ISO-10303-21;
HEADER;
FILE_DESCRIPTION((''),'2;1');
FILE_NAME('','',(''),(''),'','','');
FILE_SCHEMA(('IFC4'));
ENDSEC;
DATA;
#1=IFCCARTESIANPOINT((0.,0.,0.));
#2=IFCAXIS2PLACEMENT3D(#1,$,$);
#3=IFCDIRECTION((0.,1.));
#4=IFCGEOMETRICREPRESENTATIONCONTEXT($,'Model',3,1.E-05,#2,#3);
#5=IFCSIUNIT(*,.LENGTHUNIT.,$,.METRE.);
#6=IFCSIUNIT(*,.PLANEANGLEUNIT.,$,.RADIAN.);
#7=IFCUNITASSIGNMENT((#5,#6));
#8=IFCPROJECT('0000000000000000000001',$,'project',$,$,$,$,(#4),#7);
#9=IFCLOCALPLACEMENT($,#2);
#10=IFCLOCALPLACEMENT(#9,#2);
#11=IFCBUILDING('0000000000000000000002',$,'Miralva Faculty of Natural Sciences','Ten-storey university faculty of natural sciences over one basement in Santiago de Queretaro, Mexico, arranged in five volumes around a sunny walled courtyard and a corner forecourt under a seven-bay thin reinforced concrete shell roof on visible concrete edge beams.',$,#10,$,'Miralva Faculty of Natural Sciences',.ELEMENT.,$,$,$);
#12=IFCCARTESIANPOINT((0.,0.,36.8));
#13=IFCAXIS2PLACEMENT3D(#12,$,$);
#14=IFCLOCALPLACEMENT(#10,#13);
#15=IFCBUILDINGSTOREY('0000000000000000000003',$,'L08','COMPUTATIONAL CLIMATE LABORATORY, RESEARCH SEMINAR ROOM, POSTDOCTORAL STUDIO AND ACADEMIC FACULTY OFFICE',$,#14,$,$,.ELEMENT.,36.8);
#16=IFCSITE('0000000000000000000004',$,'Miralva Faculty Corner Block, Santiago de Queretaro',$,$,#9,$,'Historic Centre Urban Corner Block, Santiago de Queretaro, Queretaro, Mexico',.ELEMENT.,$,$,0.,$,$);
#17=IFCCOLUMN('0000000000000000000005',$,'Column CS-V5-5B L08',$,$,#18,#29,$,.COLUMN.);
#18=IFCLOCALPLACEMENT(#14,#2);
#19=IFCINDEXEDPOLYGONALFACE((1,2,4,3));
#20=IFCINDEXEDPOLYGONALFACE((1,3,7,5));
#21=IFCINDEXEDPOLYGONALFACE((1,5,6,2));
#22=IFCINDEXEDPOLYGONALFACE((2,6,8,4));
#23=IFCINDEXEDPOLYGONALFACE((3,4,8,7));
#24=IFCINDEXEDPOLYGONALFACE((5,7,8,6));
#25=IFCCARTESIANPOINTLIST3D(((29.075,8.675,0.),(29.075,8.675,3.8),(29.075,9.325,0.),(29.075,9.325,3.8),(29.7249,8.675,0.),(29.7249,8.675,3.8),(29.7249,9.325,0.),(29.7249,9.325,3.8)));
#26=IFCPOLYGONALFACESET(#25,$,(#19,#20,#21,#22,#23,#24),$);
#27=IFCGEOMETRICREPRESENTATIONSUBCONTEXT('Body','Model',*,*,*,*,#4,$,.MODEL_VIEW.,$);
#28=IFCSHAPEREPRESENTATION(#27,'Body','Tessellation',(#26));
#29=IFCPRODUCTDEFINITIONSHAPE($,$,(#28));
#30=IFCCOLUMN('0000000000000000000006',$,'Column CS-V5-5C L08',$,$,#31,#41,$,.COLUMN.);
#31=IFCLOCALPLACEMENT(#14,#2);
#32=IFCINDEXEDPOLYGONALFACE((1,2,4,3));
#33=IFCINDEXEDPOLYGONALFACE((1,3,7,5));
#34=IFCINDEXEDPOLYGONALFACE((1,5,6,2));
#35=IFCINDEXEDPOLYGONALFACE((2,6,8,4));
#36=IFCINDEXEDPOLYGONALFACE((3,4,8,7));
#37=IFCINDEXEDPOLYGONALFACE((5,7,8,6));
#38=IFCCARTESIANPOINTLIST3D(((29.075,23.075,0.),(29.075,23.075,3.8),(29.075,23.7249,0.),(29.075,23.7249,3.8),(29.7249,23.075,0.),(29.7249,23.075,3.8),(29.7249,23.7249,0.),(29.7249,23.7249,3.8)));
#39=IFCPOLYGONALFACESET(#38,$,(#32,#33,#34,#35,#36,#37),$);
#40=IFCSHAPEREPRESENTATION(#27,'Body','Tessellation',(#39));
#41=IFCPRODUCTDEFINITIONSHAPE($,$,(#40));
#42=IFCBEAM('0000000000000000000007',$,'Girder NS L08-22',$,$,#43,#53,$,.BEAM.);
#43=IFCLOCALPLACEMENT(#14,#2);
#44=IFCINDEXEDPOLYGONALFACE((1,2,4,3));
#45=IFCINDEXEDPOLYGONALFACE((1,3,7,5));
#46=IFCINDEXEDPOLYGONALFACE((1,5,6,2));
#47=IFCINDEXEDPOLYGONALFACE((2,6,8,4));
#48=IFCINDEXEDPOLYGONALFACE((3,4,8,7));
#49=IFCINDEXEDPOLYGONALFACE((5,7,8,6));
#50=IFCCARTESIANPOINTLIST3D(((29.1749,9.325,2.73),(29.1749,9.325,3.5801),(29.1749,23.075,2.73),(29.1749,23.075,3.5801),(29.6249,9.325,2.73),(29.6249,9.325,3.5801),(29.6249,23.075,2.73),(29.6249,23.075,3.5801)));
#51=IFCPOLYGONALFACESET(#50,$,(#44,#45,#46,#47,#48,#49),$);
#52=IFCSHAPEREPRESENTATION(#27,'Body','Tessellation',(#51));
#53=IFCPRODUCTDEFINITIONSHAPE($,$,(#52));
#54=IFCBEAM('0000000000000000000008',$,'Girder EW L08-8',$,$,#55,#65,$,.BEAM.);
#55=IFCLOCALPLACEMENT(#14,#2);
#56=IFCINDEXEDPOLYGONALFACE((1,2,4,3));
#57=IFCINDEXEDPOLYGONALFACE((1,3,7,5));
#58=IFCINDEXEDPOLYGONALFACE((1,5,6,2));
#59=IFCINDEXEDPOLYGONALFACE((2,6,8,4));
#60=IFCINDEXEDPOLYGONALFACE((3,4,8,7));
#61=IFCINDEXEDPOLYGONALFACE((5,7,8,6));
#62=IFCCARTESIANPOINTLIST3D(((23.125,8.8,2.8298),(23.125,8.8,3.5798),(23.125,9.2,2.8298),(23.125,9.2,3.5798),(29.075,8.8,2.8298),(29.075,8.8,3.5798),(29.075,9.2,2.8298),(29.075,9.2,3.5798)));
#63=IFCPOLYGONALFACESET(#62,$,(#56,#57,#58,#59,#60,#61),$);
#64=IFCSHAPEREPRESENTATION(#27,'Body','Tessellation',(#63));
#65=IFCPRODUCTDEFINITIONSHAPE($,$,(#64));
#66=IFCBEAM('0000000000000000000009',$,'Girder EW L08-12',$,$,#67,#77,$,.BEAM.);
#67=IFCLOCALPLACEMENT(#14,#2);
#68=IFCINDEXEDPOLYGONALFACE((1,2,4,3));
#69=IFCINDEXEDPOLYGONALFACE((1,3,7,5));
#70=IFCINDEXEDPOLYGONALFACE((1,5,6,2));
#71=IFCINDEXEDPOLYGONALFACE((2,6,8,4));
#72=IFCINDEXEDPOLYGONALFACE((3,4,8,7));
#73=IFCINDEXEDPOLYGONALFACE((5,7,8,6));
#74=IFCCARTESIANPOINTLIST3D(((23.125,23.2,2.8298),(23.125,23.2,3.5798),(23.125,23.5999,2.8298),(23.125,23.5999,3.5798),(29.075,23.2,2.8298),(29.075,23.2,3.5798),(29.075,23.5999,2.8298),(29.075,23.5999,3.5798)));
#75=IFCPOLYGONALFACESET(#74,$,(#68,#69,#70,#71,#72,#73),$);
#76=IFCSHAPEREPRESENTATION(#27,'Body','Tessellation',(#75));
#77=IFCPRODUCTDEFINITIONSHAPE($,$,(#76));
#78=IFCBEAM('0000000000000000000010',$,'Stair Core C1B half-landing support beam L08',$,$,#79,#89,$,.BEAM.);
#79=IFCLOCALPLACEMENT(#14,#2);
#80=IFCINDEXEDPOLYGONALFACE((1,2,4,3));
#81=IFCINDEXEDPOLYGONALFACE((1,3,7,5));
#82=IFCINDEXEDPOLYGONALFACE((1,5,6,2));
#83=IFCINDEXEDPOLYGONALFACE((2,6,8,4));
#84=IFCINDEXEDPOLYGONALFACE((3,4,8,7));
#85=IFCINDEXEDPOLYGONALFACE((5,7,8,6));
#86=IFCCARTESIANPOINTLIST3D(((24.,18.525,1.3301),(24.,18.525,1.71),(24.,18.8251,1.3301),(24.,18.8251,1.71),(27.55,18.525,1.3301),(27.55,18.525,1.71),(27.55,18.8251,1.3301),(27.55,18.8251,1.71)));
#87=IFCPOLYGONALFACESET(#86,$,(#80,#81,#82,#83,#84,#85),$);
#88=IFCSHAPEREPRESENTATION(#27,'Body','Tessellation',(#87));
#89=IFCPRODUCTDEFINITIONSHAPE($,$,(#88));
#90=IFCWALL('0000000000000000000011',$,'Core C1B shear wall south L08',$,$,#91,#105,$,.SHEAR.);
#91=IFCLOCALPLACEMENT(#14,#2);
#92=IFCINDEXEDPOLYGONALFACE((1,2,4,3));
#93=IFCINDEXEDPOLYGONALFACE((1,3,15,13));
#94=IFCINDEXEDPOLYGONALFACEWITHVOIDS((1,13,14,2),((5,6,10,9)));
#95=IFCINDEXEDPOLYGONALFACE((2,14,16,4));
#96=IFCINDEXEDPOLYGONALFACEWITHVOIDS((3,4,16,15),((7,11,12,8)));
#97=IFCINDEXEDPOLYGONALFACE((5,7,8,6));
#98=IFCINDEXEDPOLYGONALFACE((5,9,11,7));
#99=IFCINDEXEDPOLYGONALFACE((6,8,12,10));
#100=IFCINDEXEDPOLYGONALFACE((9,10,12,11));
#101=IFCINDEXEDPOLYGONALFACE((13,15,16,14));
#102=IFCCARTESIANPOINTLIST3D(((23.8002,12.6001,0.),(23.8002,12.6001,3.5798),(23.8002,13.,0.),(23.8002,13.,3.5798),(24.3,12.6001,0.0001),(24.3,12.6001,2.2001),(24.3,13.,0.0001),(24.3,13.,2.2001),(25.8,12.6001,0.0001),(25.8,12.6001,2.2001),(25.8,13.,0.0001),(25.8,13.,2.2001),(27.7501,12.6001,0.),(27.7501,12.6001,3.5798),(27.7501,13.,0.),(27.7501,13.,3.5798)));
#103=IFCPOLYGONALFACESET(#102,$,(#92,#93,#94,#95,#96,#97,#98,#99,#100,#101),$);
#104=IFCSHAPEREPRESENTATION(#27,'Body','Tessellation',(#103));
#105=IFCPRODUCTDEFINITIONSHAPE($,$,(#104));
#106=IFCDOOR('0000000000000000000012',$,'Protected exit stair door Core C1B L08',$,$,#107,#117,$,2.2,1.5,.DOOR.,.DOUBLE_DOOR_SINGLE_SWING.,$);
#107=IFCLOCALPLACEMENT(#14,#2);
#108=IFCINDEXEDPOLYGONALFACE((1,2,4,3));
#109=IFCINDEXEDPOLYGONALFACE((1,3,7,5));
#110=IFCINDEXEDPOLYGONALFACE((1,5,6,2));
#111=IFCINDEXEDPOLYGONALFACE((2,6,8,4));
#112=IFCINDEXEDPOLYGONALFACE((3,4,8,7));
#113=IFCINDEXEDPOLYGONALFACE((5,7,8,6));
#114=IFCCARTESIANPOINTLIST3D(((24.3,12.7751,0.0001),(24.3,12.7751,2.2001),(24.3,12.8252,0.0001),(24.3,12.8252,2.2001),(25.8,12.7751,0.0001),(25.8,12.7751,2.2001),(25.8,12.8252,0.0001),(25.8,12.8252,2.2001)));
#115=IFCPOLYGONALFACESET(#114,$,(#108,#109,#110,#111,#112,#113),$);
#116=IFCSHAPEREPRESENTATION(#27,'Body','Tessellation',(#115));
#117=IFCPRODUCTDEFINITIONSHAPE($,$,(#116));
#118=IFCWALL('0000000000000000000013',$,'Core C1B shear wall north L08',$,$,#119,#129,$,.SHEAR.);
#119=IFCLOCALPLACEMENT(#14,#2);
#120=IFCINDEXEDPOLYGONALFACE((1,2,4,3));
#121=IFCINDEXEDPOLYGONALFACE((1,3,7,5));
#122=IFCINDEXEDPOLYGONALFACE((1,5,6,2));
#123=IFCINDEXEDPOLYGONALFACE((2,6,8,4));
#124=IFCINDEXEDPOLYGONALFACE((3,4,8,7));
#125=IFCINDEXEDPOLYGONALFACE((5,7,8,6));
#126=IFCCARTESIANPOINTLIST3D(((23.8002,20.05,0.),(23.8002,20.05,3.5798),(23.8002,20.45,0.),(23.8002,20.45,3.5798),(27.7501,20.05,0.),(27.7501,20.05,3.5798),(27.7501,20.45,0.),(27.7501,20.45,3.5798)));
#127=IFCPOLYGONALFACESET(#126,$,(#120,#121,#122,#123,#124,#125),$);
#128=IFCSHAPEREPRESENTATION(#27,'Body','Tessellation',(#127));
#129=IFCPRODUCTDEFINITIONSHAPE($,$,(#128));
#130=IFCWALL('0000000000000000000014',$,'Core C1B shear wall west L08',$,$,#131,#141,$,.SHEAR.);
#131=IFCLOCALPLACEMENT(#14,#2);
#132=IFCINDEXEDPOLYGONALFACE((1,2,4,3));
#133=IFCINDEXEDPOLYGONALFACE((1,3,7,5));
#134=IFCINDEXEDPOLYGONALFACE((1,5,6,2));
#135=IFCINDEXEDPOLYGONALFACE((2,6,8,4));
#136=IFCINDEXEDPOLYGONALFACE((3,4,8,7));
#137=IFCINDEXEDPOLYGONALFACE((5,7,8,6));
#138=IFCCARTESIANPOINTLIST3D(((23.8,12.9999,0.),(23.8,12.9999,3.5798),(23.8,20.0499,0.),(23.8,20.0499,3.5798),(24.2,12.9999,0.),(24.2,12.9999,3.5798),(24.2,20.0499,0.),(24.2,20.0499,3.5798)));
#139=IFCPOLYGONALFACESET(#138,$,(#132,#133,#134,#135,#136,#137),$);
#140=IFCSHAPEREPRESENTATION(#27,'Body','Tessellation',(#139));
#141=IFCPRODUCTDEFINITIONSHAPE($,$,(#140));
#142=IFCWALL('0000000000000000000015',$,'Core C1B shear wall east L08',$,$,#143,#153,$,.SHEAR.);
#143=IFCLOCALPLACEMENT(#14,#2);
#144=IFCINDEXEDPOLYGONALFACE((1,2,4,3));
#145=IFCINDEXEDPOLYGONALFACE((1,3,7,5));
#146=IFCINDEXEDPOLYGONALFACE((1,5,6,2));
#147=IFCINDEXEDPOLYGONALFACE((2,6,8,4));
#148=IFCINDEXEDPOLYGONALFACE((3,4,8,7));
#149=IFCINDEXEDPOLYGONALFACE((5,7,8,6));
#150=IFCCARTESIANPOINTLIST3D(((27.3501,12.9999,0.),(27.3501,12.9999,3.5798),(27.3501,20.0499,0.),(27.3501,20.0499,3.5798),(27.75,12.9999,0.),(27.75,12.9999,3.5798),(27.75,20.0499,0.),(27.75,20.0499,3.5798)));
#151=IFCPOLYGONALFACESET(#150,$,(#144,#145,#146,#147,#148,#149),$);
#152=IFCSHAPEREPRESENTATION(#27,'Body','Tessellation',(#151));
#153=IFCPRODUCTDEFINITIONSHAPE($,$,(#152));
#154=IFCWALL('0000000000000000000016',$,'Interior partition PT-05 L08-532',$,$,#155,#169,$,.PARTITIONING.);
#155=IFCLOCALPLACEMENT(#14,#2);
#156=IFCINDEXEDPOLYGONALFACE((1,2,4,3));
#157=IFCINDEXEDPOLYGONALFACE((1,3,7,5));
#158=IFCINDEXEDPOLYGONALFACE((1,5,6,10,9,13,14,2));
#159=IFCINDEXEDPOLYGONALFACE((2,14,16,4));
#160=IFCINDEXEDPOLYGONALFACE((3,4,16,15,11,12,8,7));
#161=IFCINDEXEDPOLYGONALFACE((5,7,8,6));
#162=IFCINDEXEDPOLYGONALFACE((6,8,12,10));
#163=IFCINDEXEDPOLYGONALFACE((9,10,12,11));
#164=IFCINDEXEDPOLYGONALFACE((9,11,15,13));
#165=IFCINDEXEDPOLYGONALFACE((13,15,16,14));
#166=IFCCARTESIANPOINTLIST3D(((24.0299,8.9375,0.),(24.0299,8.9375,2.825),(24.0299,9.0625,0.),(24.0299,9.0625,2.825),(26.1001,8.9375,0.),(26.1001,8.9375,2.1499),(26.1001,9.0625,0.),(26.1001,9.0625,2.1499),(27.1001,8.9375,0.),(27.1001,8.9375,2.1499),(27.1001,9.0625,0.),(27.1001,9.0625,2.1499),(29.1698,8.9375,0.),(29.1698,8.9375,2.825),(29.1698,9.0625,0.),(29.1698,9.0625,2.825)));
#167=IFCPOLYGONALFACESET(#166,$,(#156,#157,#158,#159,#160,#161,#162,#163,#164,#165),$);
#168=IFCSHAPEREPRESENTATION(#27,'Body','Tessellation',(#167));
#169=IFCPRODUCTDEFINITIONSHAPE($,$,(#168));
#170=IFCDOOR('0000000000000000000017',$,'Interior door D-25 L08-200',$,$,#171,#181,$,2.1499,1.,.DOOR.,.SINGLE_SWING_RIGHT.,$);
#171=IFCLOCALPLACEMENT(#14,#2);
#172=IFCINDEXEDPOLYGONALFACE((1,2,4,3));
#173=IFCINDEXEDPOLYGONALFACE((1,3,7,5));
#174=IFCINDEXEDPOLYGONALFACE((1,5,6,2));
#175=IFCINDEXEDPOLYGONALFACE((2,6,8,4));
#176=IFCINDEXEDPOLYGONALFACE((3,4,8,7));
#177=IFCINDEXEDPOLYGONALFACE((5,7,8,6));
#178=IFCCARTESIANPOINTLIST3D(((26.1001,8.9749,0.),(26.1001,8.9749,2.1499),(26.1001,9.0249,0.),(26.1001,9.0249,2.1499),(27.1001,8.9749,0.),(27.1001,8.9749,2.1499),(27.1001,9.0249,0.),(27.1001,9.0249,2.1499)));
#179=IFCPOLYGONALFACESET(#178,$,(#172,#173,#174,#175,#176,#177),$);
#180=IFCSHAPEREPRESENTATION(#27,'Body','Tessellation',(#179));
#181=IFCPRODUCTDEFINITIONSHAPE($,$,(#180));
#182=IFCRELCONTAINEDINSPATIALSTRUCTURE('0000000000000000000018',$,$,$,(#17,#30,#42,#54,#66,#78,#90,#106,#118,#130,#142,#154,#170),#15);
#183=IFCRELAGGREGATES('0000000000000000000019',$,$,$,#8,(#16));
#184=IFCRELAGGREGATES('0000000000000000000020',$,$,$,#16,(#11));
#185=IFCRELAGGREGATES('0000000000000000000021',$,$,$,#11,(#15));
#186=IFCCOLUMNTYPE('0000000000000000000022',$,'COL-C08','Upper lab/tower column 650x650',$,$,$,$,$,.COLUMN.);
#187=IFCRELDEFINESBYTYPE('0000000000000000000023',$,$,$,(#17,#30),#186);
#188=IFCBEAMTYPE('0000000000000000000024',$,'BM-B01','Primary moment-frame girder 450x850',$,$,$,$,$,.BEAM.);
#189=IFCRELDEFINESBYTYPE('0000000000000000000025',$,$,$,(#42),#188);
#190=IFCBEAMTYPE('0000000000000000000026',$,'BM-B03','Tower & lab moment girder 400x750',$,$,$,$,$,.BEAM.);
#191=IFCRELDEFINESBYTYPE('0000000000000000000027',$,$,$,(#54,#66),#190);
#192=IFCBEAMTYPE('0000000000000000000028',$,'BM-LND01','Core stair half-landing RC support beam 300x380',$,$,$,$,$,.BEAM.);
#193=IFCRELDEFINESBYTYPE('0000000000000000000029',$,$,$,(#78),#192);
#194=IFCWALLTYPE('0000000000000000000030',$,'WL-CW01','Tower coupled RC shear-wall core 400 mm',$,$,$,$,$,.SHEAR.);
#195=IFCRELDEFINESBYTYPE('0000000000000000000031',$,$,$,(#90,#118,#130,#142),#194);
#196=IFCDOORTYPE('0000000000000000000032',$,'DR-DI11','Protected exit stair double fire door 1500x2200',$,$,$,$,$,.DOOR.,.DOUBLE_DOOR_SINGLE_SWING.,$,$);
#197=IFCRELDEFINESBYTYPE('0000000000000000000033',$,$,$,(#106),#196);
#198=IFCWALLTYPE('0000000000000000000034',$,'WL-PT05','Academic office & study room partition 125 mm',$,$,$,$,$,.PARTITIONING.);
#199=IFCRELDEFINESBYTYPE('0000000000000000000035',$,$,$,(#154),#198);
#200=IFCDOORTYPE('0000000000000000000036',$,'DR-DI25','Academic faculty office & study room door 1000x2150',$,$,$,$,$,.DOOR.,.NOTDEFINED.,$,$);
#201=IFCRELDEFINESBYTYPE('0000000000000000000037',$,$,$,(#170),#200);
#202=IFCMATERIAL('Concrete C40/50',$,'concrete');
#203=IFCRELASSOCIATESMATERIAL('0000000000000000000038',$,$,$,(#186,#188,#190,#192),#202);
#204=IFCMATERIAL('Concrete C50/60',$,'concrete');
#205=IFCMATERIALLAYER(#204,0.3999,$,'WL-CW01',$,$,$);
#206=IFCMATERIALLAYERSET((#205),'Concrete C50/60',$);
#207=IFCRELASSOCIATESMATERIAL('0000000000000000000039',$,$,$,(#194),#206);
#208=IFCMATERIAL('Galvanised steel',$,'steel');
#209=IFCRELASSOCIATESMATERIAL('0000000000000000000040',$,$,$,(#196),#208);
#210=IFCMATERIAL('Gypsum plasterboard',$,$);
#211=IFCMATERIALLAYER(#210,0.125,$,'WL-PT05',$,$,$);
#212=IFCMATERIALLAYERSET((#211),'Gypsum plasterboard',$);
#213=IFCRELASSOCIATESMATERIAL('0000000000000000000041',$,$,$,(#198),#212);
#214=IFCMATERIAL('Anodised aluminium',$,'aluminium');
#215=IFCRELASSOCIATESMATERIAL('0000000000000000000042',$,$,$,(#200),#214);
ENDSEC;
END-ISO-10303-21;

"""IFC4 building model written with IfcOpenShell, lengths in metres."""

from ifc_helpers import new_model, si_unit, direction, frame, frame_2d, origin, origin_2d, place, context, subcontext, project, spatial, rectangle, extrude, material, layer, layer_set, material_profile, profile_set, type_object, element, fill, save


model = new_model("IFC4")

# Units and contexts
model_context = context("Model", 3, precision=1e-05, world=origin(), true_north=direction((0.0, 1.0)))
body_context = subcontext(model_context, "Body", "Model", "MODEL_VIEW")
ifc_project = project(units=[si_unit("LENGTHUNIT", "METRE"), si_unit("PLANEANGLEUNIT", "RADIAN")], contexts=[model_context])

# Site, building, storey
site_placement = place(None, origin())
site = spatial("IfcSite", under=ifc_project, at=site_placement, Name="Miralva Faculty Corner Block, Santiago de Queretaro", LongName="Historic Centre Urban Corner Block, Santiago de Queretaro, Queretaro, Mexico", CompositionType="ELEMENT", RefElevation=0.0)
building_placement = place(site_placement, origin())
building = spatial("IfcBuilding", under=site, at=building_placement, Name="Miralva Faculty of Natural Sciences", Description="Ten-storey university faculty of natural sciences over one basement in Santiago de Queretaro, Mexico, arranged in five volumes around a sunny walled courtyard and a corner forecourt under a seven-bay thin reinforced concrete shell roof on visible concrete edge beams.", LongName="Miralva Faculty of Natural Sciences", CompositionType="ELEMENT")
storey_placement = place(building_placement, frame((0.0, 0.0, 36.8)))
storey = spatial("IfcBuildingStorey", under=building, at=storey_placement, Name="L08", Description="COMPUTATIONAL CLIMATE LABORATORY, RESEARCH SEMINAR ROOM, POSTDOCTORAL STUDIO AND ACADEMIC FACULTY OFFICE", CompositionType="ELEMENT", Elevation=36.8)

# Columns
ifc_material_1 = material(Name="Concrete C40/50", Category="concrete")
ifc_material_profile_1 = material_profile(ifc_material_1, rectangle(XDim=0.6499, YDim=0.6499, at=origin_2d()), Name="RC 650x650")
ifc_profile_set_1 = profile_set([ifc_material_profile_1], Name="Concrete C40/50")
column_type = type_object("IfcColumnType", Name="COL-C08", Description="Upper lab/tower column 650x650", PredefinedType="COLUMN", material=ifc_profile_set_1)
for number, where, z_axis, x_axis, name in (
    (1, (29.3999, 9.0, 0.0), (0.0, 0.0, 1.0), (1.0, 0.0, 0.0), "Column CS-V5-5B L08"),
    (2, (29.3999, 23.3999, 0.0), (0.0, 0.0, 1.0), (1.0, 0.0, 0.0), "Column CS-V5-5C L08"),
):
    element("IfcColumn", number, at=place(storey_placement, frame(where, z_axis=z_axis, x_axis=x_axis)), inside=storey, type_object=column_type, Name=name, PredefinedType="COLUMN", context=body_context, shape_type="SweptSolid", body=[
        extrude(rectangle(XDim=0.6499, YDim=0.6499, at=origin_2d()), origin(), (0.0, 0.0, 1.0), 3.8),
    ])

# Beams
ifc_material_profile_2 = material_profile(ifc_material_1, rectangle(XDim=0.45, YDim=0.8501, at=origin_2d()), Name="RC 450x850")
ifc_profile_set_2 = profile_set([ifc_material_profile_2], Name="Concrete C40/50")
beam_type_1 = type_object("IfcBeamType", Name="BM-B01", Description="Primary moment-frame girder 450x850", PredefinedType="BEAM", material=ifc_profile_set_2)
beam_1_placement = place(storey_placement, frame((29.3999, 9.325, 3.155), z_axis=(0.0, 1.0, 0.0), x_axis=(-1.0, 0.0, 0.0)))
element("IfcBeam", 3, at=beam_1_placement, inside=storey, type_object=beam_type_1, Name="Girder NS L08-22", PredefinedType="BEAM", context=body_context, shape_type="SweptSolid", body=[
    extrude(rectangle(XDim=0.45, YDim=0.8501, at=origin_2d()), origin(), (0.0, 0.0, 1.0), 13.75),
])
ifc_material_profile_3 = material_profile(ifc_material_1, rectangle(XDim=0.3999, YDim=0.75, at=origin_2d()), Name="RC 400x750")
ifc_profile_set_3 = profile_set([ifc_material_profile_3], Name="Concrete C40/50")
beam_type_2 = type_object("IfcBeamType", Name="BM-B03", Description="Tower & lab moment girder 400x750", PredefinedType="BEAM", material=ifc_profile_set_3)
for number, where, z_axis, x_axis, name in (
    (4, (23.125, 9.0, 3.2048), (1.0, 0.0, 0.0), (0.0, 1.0, 0.0), "Girder EW L08-8"),
    (5, (23.125, 23.3999, 3.2048), (1.0, 0.0, 0.0), (0.0, 1.0, 0.0), "Girder EW L08-12"),
):
    element("IfcBeam", number, at=place(storey_placement, frame(where, z_axis=z_axis, x_axis=x_axis)), inside=storey, type_object=beam_type_2, Name=name, PredefinedType="BEAM", context=body_context, shape_type="SweptSolid", body=[
        extrude(rectangle(XDim=0.3999, YDim=0.75, at=origin_2d()), origin(), (0.0, 0.0, 1.0), 5.95),
    ])
ifc_material_profile_4 = material_profile(ifc_material_1, rectangle(XDim=0.3, YDim=0.3799, at=origin_2d()), Name="RC 300x380")
ifc_profile_set_4 = profile_set([ifc_material_profile_4], Name="Concrete C40/50")
beam_type_3 = type_object("IfcBeamType", Name="BM-LND01", Description="Core stair half-landing RC support beam 300x380", PredefinedType="BEAM", material=ifc_profile_set_4)
beam_2_placement = place(storey_placement, frame((24.0, 18.675, 1.52), z_axis=(1.0, 0.0, 0.0), x_axis=(0.0, 1.0, 0.0)))
element("IfcBeam", 6, at=beam_2_placement, inside=storey, type_object=beam_type_3, Name="Stair Core C1B half-landing support beam L08", PredefinedType="BEAM", context=body_context, shape_type="SweptSolid", body=[
    extrude(rectangle(XDim=0.3, YDim=0.3799, at=origin_2d()), origin(), (0.0, 0.0, 1.0), 3.55),
])

# Wall, opening, door
ifc_material_2 = material(Name="Concrete C50/60", Category="concrete")
ifc_layer_1 = layer(ifc_material_2, 0.3999, Name="WL-CW01")
ifc_layer_set_1 = layer_set([ifc_layer_1], Name="Concrete C50/60")
wall_type_1 = type_object("IfcWallType", Name="WL-CW01", Description="Tower coupled RC shear-wall core 400 mm", PredefinedType="SHEAR", material=ifc_layer_set_1)
wall_1_placement = place(storey_placement, frame((23.8, 12.8, 0.0), z_axis=(0.0, 0.0, 1.0), x_axis=(1.0, 0.0, 0.0)))
wall_1 = element("IfcWall", 7, at=wall_1_placement, inside=storey, type_object=wall_type_1, Name="Core C1B shear wall south L08", PredefinedType="SHEAR", context=body_context, shape_type="SweptSolid", body=[
    extrude(rectangle(XDim=3.95, YDim=0.3999, at=frame_2d((1.9751, 0.0))), origin(), (0.0, 0.0, 1.0), 3.5798),
])
opening_1_placement = place(wall_1_placement, frame((0.5, 0.0, 0.0)))
opening_1 = element("IfcOpeningElement", 8, at=opening_1_placement, cuts=wall_1, PredefinedType="OPENING", context=body_context, shape_type="SweptSolid", body=[
    extrude(rectangle(XDim=1.5, YDim=2.2, at=frame_2d((0.75, 1.1001))), frame((0.0, 0.21, 0.0), z_axis=(0.0, -1.0, 0.0), x_axis=(1.0, 0.0, 0.0)), (0.0, 0.0, 1.0), 0.4199),
])
ifc_material_3 = material(Name="Galvanised steel", Category="steel")
door_type_1 = type_object("IfcDoorType", Name="DR-DI11", Description="Protected exit stair double fire door 1500x2200", OperationType="DOUBLE_DOOR_SINGLE_SWING", PredefinedType="DOOR", material=ifc_material_3)
door_1_placement = place(opening_1_placement, frame((1.5, 0.0, 0.0), z_axis=(0.0, 0.0, 1.0), x_axis=(-1.0, 0.0, 0.0)))
door_1 = element("IfcDoor", 9, at=door_1_placement, inside=storey, type_object=door_type_1, Name="Protected exit stair door Core C1B L08", OperationType="DOUBLE_DOOR_SINGLE_SWING", OverallHeight=2.2, OverallWidth=1.5, PredefinedType="DOOR", context=body_context, shape_type="SweptSolid", body=[
    extrude(rectangle(XDim=1.5, YDim=2.2, at=frame_2d((0.75, 1.1001))), frame((0.0, 0.0249, 0.0), z_axis=(0.0, -1.0, 0.0), x_axis=(1.0, 0.0, 0.0)), (0.0, 0.0, 1.0), 0.05),
])
fill(opening_1, door_1)

# Walls
wall_2_placement = place(storey_placement, frame((23.8, 20.25, 0.0), z_axis=(0.0, 0.0, 1.0), x_axis=(1.0, 0.0, 0.0)))
element("IfcWall", 10, at=wall_2_placement, inside=storey, type_object=wall_type_1, Name="Core C1B shear wall north L08", PredefinedType="SHEAR", context=body_context, shape_type="SweptSolid", body=[
    extrude(rectangle(XDim=3.95, YDim=0.3999, at=frame_2d((1.9751, 0.0))), origin(), (0.0, 0.0, 1.0), 3.5798),
])
for number, where, z_axis, x_axis, name in (
    (11, (24.0, 13.0, 0.0), (0.0, 0.0, 1.0), (0.0, 1.0, 0.0), "Core C1B shear wall west L08"),
    (12, (27.55, 13.0, 0.0), (0.0, 0.0, 1.0), (0.0, 1.0, 0.0), "Core C1B shear wall east L08"),
):
    element("IfcWall", number, at=place(storey_placement, frame(where, z_axis=z_axis, x_axis=x_axis)), inside=storey, type_object=wall_type_1, Name=name, PredefinedType="SHEAR", context=body_context, shape_type="SweptSolid", body=[
        extrude(rectangle(XDim=7.05, YDim=0.3999, at=frame_2d((3.5249, 0.0))), origin(), (0.0, 0.0, 1.0), 3.5798),
    ])

# Wall, opening, door
ifc_material_4 = material(Name="Gypsum plasterboard")
ifc_layer_2 = layer(ifc_material_4, 0.125, Name="WL-PT05")
ifc_layer_set_2 = layer_set([ifc_layer_2], Name="Gypsum plasterboard")
wall_type_2 = type_object("IfcWallType", Name="WL-PT05", Description="Academic office & study room partition 125 mm", PredefinedType="PARTITIONING", material=ifc_layer_set_2)
wall_3_placement = place(storey_placement, frame((24.03, 9.0, 0.0), z_axis=(0.0, 0.0, 1.0), x_axis=(1.0, 0.0, 0.0)))
wall_3 = element("IfcWall", 13, at=wall_3_placement, inside=storey, type_object=wall_type_2, Name="Interior partition PT-05 L08-532", PredefinedType="PARTITIONING", context=body_context, shape_type="SweptSolid", body=[
    extrude(rectangle(XDim=5.1399, YDim=0.125, at=frame_2d((2.5698, 0.0))), origin(), (0.0, 0.0, 1.0), 2.825),
])
opening_2_placement = place(wall_3_placement, frame((2.0701, 0.0, 0.0)))
opening_2 = element("IfcOpeningElement", 14, at=opening_2_placement, cuts=wall_3, PredefinedType="OPENING", context=body_context, shape_type="SweptSolid", body=[
    extrude(rectangle(XDim=1.0, YDim=2.1499, at=frame_2d((0.5, 1.075))), frame((0.0, 0.0725, 0.0), z_axis=(0.0, -1.0, 0.0), x_axis=(1.0, 0.0, 0.0)), (0.0, 0.0, 1.0), 0.145),
])
ifc_material_5 = material(Name="Anodised aluminium", Category="aluminium")
door_type_2 = type_object("IfcDoorType", Name="DR-DI25", Description="Academic faculty office & study room door 1000x2150", OperationType="NOTDEFINED", PredefinedType="DOOR", material=ifc_material_5)
door_2_placement = place(opening_2_placement, origin())
door_2 = element("IfcDoor", 15, at=door_2_placement, inside=storey, type_object=door_type_2, Name="Interior door D-25 L08-200", OperationType="SINGLE_SWING_RIGHT", OverallHeight=2.1499, OverallWidth=1.0, PredefinedType="DOOR", context=body_context, shape_type="SweptSolid", body=[
    extrude(rectangle(XDim=1.0, YDim=2.1499, at=frame_2d((0.5, 1.075))), frame((0.0, 0.0249, 0.0), z_axis=(0.0, -1.0, 0.0), x_axis=(1.0, 0.0, 0.0)), (0.0, 0.0, 1.0), 0.05),
])
fill(opening_2, door_2)

save(model, "model.ifc")
